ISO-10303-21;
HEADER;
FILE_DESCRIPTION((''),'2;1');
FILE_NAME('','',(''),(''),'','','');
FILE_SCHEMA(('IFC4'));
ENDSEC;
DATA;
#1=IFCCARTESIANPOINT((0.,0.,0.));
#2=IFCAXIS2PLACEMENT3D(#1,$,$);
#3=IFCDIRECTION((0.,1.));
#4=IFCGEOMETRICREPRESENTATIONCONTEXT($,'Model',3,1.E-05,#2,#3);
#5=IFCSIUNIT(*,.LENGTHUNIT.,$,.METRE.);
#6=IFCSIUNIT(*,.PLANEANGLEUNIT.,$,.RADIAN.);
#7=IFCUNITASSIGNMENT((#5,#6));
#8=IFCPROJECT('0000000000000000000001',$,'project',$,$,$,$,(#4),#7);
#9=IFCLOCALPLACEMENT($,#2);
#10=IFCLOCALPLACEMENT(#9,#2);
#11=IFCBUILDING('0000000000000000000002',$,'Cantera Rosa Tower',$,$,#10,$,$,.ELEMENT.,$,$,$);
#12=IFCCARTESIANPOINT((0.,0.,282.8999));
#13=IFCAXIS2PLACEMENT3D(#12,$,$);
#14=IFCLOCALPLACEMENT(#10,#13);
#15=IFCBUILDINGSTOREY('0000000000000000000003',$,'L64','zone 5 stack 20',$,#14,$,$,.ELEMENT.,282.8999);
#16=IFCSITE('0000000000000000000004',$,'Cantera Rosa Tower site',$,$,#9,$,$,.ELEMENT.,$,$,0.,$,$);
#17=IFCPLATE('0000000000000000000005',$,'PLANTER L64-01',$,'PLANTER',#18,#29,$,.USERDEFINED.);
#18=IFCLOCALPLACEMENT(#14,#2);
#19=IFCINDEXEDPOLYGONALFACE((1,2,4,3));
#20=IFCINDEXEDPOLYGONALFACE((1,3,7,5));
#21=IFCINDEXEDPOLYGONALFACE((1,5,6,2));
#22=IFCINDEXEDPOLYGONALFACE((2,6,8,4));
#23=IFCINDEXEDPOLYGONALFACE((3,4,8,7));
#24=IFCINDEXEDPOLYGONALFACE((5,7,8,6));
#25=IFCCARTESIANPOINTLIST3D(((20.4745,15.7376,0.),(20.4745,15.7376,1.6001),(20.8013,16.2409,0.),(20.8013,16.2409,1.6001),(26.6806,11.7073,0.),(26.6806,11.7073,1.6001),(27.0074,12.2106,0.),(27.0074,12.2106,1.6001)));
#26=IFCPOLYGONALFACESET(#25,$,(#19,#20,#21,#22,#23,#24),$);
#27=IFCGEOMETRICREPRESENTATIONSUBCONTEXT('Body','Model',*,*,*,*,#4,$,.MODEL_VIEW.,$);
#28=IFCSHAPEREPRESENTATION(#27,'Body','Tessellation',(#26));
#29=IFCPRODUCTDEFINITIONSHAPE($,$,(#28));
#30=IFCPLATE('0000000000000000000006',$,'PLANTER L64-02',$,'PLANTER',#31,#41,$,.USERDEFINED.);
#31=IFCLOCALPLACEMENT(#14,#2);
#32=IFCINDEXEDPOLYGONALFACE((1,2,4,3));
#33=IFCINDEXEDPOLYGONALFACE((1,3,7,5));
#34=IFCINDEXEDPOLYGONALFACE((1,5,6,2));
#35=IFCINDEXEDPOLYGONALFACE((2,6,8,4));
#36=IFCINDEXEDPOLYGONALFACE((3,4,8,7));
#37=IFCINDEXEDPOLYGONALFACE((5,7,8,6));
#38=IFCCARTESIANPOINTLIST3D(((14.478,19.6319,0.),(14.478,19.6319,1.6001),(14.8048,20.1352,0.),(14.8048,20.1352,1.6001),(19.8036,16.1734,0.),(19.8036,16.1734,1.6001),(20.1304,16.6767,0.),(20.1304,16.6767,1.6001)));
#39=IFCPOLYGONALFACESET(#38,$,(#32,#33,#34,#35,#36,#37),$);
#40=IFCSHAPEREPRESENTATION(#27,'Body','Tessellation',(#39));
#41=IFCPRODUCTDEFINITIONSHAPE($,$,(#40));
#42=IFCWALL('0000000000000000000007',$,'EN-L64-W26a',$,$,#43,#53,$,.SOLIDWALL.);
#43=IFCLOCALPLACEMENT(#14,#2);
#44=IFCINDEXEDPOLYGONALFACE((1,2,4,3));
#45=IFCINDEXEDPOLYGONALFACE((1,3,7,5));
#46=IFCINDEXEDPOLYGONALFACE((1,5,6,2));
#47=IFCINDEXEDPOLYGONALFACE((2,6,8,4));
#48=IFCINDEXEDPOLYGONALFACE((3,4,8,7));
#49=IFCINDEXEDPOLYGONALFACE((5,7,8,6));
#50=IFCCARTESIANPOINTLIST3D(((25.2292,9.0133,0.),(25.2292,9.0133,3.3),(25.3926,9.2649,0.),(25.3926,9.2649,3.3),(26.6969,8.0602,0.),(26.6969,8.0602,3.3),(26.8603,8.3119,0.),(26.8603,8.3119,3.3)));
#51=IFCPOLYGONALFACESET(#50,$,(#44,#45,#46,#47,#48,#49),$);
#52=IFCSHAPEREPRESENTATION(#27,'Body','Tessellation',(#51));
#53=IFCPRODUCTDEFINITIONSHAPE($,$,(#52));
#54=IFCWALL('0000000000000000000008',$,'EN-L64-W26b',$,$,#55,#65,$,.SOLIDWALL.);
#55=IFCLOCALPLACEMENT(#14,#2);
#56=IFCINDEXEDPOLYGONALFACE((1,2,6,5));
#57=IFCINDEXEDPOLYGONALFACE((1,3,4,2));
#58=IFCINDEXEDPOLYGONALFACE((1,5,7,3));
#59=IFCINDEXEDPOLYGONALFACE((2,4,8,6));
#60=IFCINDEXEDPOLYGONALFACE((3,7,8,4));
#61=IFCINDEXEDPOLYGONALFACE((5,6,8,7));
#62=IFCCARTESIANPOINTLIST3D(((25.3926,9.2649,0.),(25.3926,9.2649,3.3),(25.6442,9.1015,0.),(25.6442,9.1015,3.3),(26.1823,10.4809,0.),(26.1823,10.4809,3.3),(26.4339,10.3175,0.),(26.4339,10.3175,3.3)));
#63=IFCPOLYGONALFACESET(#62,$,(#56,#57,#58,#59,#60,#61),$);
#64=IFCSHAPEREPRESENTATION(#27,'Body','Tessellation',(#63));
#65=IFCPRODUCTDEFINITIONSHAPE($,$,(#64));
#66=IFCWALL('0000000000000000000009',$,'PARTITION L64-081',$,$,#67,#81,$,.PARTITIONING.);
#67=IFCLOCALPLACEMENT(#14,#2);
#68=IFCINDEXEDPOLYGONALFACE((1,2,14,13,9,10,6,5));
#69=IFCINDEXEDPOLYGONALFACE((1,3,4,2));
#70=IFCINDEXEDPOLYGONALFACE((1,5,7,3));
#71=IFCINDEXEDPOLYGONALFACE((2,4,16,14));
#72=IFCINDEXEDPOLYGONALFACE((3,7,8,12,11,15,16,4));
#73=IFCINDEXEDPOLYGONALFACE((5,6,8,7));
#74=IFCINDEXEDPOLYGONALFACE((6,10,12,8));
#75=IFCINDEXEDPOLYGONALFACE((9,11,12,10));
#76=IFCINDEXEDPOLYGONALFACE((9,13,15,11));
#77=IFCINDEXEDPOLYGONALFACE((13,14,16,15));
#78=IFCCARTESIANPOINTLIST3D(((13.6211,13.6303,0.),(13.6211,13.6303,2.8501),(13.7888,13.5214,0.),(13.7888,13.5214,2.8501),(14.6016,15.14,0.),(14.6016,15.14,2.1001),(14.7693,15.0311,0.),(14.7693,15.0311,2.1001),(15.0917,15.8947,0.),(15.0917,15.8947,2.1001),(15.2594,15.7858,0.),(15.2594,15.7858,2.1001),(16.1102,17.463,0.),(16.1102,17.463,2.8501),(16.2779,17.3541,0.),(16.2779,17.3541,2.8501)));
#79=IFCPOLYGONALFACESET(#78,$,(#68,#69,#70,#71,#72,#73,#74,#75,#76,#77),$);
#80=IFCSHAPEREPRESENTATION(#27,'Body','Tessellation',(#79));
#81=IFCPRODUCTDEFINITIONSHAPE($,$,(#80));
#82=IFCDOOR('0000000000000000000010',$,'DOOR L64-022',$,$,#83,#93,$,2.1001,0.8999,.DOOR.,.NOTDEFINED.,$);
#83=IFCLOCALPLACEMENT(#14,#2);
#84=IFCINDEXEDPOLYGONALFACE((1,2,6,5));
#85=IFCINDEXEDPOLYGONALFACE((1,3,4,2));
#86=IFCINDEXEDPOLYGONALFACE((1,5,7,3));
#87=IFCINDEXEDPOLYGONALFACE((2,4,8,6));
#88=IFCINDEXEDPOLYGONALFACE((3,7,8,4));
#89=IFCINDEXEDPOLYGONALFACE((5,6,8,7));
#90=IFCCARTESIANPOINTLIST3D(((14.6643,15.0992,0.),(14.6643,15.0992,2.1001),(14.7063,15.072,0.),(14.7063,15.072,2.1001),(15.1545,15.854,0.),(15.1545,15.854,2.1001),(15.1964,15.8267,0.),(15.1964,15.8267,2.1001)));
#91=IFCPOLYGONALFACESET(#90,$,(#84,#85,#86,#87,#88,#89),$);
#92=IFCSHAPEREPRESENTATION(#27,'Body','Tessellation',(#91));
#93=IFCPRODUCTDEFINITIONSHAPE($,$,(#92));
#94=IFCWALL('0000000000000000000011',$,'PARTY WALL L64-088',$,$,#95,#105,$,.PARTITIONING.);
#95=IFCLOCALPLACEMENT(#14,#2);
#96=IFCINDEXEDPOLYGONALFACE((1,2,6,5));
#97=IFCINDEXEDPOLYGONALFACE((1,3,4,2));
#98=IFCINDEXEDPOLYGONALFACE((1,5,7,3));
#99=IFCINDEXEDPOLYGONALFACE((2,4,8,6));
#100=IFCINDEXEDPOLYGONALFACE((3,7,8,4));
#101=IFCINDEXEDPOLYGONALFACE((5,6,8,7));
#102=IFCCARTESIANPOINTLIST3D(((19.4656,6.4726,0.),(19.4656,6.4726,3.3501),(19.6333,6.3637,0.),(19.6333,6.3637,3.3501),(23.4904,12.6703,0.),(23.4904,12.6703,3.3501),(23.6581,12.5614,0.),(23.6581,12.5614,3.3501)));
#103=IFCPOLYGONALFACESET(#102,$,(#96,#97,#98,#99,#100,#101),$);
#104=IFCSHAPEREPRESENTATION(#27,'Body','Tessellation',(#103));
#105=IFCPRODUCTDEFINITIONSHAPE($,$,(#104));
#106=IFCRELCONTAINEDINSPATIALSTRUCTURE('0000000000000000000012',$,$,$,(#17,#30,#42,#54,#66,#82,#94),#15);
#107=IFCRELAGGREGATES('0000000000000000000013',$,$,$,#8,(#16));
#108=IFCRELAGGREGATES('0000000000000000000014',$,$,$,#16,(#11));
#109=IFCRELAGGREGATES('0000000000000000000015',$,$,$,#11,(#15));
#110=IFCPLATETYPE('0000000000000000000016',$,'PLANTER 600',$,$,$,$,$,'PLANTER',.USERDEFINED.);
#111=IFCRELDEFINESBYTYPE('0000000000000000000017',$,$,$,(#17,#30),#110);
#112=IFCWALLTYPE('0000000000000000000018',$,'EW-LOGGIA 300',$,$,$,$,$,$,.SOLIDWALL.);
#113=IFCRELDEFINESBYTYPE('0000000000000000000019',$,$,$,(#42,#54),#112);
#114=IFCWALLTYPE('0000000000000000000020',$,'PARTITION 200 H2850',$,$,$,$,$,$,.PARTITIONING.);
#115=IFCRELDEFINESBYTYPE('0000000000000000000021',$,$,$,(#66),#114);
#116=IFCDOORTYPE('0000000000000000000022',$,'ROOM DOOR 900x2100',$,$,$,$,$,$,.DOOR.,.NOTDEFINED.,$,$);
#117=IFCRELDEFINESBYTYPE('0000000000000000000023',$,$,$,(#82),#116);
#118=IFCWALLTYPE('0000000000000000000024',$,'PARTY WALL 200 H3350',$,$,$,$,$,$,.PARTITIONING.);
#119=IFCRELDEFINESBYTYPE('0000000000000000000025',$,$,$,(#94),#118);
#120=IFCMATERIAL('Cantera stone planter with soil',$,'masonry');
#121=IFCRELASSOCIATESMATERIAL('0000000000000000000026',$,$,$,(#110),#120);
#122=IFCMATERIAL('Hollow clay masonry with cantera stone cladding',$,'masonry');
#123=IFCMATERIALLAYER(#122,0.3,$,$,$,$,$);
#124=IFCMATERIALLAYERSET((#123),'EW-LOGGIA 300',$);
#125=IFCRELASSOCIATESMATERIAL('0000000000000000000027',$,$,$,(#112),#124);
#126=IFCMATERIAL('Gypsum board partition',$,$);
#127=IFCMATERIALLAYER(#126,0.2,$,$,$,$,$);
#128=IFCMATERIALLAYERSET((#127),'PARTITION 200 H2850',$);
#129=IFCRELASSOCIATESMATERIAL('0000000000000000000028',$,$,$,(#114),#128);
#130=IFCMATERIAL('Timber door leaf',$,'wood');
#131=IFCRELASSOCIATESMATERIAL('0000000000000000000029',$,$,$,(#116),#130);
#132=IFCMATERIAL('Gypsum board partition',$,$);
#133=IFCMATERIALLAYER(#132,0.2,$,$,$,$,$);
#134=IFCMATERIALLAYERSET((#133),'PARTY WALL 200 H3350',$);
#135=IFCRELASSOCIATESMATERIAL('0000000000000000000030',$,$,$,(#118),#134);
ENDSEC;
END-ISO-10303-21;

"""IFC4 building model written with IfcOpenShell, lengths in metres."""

from ifc_helpers import new_model, si_unit, direction, frame, frame_2d, origin, origin_2d, place, context, subcontext, project, spatial, rectangle, extrude, material, layer, layer_set, type_object, element, fill, save


model = new_model("IFC4")

# Units and contexts
model_context = context("Model", 3, precision=1e-05, world=origin(), true_north=direction((0.0, 1.0)))
body_context = subcontext(model_context, "Body", "Model", "MODEL_VIEW")
ifc_project = project(units=[si_unit("LENGTHUNIT", "METRE"), si_unit("PLANEANGLEUNIT", "RADIAN")], contexts=[model_context])

# Site, building, storey
site_placement = place(None, origin())
site = spatial("IfcSite", under=ifc_project, at=site_placement, Name="Cantera Rosa Tower site", CompositionType="ELEMENT", RefElevation=0.0)
building_placement = place(site_placement, origin())
building = spatial("IfcBuilding", under=site, at=building_placement, Name="Cantera Rosa Tower", CompositionType="ELEMENT")
storey_placement = place(building_placement, frame((0.0, 0.0, 282.8999)))
storey = spatial("IfcBuildingStorey", under=building, at=storey_placement, Name="L64", Description="zone 5 stack 20", CompositionType="ELEMENT", Elevation=282.8999)

# Plates
ifc_material_1 = material(Name="Cantera stone planter with soil", Category="masonry")
plate_type = type_object("IfcPlateType", Name="PLANTER 600", ElementType="PLANTER", PredefinedType="USERDEFINED", material=ifc_material_1)
plate_1_placement = place(storey_placement, frame((23.741, 13.9741, 0.0), z_axis=(0.0, 0.0, 1.0), x_axis=(-0.838671, 0.544639, 0.0)))
element("IfcPlate", 1, at=plate_1_placement, inside=storey, type_object=plate_type, Name="PLANTER L64-01", ObjectType="PLANTER", PredefinedType="USERDEFINED", context=body_context, shape_type="SweptSolid", body=[
    extrude(rectangle(XDim=7.3999, YDim=0.6001, at=origin_2d()), origin(), (0.0, 0.0, 1.0), 1.6001),
])
plate_2_placement = place(storey_placement, frame((17.3042, 18.1543, 0.0), z_axis=(0.0, 0.0, 1.0), x_axis=(-0.838671, 0.544639, 0.0)))
element("IfcPlate", 2, at=plate_2_placement, inside=storey, type_object=plate_type, Name="PLANTER L64-02", ObjectType="PLANTER", PredefinedType="USERDEFINED", context=body_context, shape_type="SweptSolid", body=[
    extrude(rectangle(XDim=6.3501, YDim=0.6001, at=origin_2d()), origin(), (0.0, 0.0, 1.0), 1.6001),
])

# Walls
ifc_material_2 = material(Name="Hollow clay masonry with cantera stone cladding", Category="masonry")
ifc_layer_1 = layer(ifc_material_2, 0.3)
ifc_layer_set_1 = layer_set([ifc_layer_1], Name="EW-LOGGIA 300")
wall_type_1 = type_object("IfcWallType", Name="EW-LOGGIA 300", PredefinedType="SOLIDWALL", material=ifc_layer_set_1)
wall_1_placement = place(storey_placement, frame((26.7786, 8.186, 0.0), z_axis=(0.0, 0.0, 1.0), x_axis=(-0.838686, 0.544616, 0.0)))
element("IfcWall", 3, at=wall_1_placement, inside=storey, type_object=wall_type_1, Name="EN-L64-W26a", PredefinedType="SOLIDWALL", context=body_context, shape_type="SweptSolid", body=[
    extrude(rectangle(XDim=1.75, YDim=0.3, at=frame_2d((0.875, 0.0))), origin(), (0.0, 0.0, 1.0), 3.3),
])
wall_2_placement = place(storey_placement, frame((25.5183, 9.1831, 0.0), z_axis=(0.0, 0.0, 1.0), x_axis=(0.544675, 0.838647, 0.0)))
element("IfcWall", 4, at=wall_2_placement, inside=storey, type_object=wall_type_1, Name="EN-L64-W26b", PredefinedType="SOLIDWALL", context=body_context, shape_type="SweptSolid", body=[
    extrude(rectangle(XDim=1.45, YDim=0.3, at=frame_2d((0.7251, 0.0))), origin(), (0.0, 0.0, 1.0), 3.3),
])

# Wall, opening, door
ifc_material_3 = material(Name="Gypsum board partition")
ifc_layer_2 = layer(ifc_material_3, 0.2)
ifc_layer_set_2 = layer_set([ifc_layer_2], Name="PARTITION 200 H2850")
wall_type_2 = type_object("IfcWallType", Name="PARTITION 200 H2850", PredefinedType="PARTITIONING", material=ifc_layer_set_2)
wall_3_placement = place(storey_placement, frame((16.1941, 17.4087, 0.0), z_axis=(0.0, 0.0, 1.0), x_axis=(-0.544637, -0.838672, 0.0)))
wall_3 = element("IfcWall", 5, at=wall_3_placement, inside=storey, type_object=wall_type_2, Name="PARTITION L64-081", PredefinedType="PARTITIONING", context=body_context, shape_type="SweptSolid", body=[
    extrude(rectangle(XDim=4.5701, YDim=0.2, at=frame_2d((2.2852, 0.0))), origin(), (0.0, 0.0, 1.0), 2.8501),
])
opening_1_placement = place(wall_3_placement, frame((1.8701, 0.0, 0.0)))
opening_1 = element("IfcOpeningElement", 6, at=opening_1_placement, cuts=wall_3, PredefinedType="OPENING", context=body_context, shape_type="SweptSolid", body=[
    extrude(rectangle(XDim=0.8999, YDim=2.1001, at=frame_2d((0.45, 1.05))), frame((0.0, 0.1099, 0.0), z_axis=(0.0, -1.0, 0.0), x_axis=(1.0, 0.0, 0.0)), (0.0, 0.0, 1.0), 0.22),
])
ifc_material_4 = material(Name="Timber door leaf", Category="wood")
door_type_1 = type_object("IfcDoorType", Name="ROOM DOOR 900x2100", OperationType="NOTDEFINED", PredefinedType="DOOR", material=ifc_material_4)
door_1_placement = place(opening_1_placement, origin())
door_1 = element("IfcDoor", 7, at=door_1_placement, inside=storey, type_object=door_type_1, Name="DOOR L64-022", OperationType="NOTDEFINED", OverallHeight=2.1001, OverallWidth=0.8999, PredefinedType="DOOR", context=body_context, shape_type="SweptSolid", body=[
    extrude(rectangle(XDim=0.8999, YDim=2.1001, at=frame_2d((0.45, 1.05))), frame((0.0, 0.0249, 0.0), z_axis=(0.0, -1.0, 0.0), x_axis=(1.0, 0.0, 0.0)), (0.0, 0.0, 1.0), 0.05),
])
fill(opening_1, door_1)

# Wall
ifc_material_5 = material(Name="Gypsum board partition")
ifc_layer_3 = layer(ifc_material_5, 0.2)
ifc_layer_set_3 = layer_set([ifc_layer_3], Name="PARTY WALL 200 H3350")
wall_type_3 = type_object("IfcWallType", Name="PARTY WALL 200 H3350", PredefinedType="PARTITIONING", material=ifc_layer_set_3)
wall_4_placement = place(storey_placement, frame((23.5742, 12.6157, 0.0), z_axis=(0.0, 0.0, 1.0), x_axis=(-0.544642, -0.838668, 0.0)))
element("IfcWall", 8, at=wall_4_placement, inside=storey, type_object=wall_type_3, Name="PARTY WALL L64-088", PredefinedType="PARTITIONING", context=body_context, shape_type="SweptSolid", body=[
    extrude(rectangle(XDim=7.3899, YDim=0.2, at=frame_2d((3.6948, 0.0))), origin(), (0.0, 0.0, 1.0), 3.3501),
])

save(model, "model.ifc")
